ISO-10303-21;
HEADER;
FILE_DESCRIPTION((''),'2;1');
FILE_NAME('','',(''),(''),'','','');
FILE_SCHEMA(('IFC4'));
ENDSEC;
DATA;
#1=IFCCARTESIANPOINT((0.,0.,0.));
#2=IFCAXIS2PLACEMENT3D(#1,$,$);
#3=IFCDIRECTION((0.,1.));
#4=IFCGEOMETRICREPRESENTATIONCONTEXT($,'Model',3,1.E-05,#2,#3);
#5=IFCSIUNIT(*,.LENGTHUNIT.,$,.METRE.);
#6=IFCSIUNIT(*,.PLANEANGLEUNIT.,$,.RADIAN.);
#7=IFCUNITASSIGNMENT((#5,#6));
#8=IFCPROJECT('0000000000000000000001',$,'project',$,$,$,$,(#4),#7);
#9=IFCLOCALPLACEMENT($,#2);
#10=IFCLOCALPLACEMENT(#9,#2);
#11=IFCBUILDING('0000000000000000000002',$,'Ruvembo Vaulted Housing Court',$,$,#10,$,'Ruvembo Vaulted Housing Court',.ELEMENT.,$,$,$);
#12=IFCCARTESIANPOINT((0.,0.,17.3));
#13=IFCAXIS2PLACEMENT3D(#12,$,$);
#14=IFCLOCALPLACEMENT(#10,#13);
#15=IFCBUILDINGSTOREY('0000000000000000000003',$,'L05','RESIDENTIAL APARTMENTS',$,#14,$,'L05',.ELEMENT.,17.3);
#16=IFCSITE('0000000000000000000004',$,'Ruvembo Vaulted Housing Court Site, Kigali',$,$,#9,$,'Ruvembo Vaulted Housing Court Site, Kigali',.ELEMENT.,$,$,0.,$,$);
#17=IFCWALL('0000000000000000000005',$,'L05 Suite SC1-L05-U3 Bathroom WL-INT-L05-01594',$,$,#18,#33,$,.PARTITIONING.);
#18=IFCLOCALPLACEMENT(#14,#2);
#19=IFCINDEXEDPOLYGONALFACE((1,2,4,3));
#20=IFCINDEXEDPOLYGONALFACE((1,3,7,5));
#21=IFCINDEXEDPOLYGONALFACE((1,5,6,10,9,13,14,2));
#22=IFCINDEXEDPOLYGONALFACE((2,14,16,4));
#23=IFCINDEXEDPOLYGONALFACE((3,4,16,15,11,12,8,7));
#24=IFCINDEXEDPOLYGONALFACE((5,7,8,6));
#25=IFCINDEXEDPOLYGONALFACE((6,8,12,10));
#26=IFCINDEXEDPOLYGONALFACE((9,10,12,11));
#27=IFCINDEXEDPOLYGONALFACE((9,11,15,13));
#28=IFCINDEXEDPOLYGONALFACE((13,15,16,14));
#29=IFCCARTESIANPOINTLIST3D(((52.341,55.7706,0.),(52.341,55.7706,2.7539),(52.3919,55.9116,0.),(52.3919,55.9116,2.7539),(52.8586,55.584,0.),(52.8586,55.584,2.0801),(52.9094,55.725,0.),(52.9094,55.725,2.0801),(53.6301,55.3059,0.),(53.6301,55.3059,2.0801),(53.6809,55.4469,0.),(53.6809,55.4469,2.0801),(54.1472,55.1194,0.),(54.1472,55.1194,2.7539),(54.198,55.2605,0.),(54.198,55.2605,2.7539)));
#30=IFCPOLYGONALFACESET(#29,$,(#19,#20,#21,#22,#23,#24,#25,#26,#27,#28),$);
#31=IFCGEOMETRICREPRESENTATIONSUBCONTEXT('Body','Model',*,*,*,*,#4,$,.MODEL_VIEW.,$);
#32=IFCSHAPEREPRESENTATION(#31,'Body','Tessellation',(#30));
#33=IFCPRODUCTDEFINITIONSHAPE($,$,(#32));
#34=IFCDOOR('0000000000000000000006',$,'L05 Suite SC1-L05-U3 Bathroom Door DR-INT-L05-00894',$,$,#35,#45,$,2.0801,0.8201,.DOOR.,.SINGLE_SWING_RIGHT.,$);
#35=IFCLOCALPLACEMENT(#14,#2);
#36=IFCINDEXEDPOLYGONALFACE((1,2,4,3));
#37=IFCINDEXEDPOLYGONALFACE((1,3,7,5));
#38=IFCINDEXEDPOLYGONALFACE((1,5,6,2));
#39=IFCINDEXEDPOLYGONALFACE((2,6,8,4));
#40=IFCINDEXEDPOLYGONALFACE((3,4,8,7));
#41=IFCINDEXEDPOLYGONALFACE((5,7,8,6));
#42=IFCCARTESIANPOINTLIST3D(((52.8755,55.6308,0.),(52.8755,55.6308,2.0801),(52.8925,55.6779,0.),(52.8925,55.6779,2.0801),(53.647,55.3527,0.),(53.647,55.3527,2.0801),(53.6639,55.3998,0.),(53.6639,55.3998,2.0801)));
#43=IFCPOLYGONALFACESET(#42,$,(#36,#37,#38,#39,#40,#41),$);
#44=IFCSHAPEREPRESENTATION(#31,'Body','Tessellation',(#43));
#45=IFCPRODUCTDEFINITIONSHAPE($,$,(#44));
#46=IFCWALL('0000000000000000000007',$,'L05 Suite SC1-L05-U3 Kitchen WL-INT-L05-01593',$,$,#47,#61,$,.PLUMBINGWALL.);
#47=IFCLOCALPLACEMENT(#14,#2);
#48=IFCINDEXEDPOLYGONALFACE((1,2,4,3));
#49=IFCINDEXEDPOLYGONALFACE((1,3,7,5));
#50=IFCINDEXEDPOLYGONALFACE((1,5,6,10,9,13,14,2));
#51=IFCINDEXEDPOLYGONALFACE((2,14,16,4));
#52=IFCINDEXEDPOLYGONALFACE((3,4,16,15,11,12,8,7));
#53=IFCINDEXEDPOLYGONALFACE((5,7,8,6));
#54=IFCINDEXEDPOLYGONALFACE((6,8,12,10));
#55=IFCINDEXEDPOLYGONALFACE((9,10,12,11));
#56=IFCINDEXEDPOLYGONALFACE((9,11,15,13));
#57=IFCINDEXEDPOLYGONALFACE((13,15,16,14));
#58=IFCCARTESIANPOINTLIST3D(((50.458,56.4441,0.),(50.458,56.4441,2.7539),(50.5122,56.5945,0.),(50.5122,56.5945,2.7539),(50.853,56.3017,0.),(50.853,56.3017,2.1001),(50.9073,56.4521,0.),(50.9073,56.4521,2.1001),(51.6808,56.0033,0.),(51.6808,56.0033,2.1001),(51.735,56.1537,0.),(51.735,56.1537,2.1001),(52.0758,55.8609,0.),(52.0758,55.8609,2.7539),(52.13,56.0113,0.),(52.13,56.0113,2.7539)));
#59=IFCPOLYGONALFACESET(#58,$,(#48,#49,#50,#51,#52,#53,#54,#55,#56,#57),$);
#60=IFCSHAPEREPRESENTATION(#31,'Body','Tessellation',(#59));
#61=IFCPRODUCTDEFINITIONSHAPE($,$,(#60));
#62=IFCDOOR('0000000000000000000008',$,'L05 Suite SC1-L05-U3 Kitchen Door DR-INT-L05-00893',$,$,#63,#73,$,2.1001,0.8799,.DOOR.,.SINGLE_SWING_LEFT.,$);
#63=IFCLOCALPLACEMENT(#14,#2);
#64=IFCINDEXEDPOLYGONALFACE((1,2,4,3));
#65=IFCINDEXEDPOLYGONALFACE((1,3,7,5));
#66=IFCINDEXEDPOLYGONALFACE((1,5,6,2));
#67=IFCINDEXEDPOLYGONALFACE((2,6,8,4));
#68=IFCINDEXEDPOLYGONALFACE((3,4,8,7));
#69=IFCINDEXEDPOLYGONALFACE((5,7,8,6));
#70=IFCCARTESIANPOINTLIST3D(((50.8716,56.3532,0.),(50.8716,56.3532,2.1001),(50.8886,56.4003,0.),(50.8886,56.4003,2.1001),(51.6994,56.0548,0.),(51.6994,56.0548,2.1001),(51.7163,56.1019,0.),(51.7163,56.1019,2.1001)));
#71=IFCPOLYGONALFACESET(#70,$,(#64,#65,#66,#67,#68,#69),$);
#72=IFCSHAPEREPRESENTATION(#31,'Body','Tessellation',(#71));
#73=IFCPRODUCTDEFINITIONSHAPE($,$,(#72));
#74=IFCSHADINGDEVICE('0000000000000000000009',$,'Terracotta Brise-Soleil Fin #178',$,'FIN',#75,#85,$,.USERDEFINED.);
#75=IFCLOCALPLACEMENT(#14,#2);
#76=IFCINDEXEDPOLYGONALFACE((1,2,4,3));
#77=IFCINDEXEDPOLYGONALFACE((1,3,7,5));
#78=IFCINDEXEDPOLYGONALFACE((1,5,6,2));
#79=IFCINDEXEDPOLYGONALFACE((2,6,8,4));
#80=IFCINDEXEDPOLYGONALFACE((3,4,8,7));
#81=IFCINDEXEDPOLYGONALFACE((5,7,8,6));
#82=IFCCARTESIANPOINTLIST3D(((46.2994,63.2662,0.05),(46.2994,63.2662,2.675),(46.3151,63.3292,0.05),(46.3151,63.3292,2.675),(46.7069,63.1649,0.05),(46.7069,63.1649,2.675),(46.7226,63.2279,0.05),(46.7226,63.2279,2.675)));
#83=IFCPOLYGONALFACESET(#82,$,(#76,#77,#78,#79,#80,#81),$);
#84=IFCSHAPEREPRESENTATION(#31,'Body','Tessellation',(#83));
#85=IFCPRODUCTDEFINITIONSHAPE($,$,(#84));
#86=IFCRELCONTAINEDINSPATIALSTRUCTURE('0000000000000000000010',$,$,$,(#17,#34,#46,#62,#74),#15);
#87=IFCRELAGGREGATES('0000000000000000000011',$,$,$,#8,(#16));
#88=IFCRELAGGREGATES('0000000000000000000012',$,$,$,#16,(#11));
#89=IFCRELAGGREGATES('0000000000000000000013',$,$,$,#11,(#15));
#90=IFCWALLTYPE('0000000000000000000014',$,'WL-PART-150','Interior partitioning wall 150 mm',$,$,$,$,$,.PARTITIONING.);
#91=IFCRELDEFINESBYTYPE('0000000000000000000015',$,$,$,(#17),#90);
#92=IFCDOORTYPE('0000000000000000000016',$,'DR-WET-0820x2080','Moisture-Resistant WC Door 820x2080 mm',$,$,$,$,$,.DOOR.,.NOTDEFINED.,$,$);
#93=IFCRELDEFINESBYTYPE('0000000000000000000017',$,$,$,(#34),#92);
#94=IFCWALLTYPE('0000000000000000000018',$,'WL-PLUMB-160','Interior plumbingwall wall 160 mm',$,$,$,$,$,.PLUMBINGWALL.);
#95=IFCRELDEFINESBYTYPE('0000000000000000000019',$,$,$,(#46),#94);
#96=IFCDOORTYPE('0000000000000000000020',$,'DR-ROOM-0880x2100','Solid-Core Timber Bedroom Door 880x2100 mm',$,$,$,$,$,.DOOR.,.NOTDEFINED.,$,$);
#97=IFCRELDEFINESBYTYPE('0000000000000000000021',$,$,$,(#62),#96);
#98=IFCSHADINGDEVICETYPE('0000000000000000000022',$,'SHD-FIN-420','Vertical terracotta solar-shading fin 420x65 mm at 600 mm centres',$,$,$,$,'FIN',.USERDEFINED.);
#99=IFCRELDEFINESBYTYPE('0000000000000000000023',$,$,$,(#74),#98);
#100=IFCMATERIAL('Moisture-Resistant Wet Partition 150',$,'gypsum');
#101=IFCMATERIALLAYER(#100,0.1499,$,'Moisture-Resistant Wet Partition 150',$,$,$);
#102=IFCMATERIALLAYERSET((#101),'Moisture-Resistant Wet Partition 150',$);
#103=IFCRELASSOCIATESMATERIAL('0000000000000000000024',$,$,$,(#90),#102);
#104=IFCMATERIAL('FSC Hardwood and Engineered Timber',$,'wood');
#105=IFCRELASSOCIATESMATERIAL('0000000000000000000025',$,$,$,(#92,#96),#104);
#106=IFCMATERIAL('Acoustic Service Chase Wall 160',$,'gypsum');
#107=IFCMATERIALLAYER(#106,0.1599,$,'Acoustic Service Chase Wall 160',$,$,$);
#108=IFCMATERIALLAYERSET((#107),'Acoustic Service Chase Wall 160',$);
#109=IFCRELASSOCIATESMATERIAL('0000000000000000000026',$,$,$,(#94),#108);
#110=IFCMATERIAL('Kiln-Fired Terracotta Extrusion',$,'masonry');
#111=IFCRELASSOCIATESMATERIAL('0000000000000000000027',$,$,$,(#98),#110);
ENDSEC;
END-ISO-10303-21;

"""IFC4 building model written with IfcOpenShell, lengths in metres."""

from ifc_helpers import new_model, si_unit, direction, frame, frame_2d, origin, origin_2d, place, context, subcontext, project, spatial, rectangle, extrude, material, layer, layer_set, type_object, element, fill, save


model = new_model("IFC4")

# Units and contexts
model_context = context("Model", 3, precision=1e-05, world=origin(), true_north=direction((0.0, 1.0)))
body_context = subcontext(model_context, "Body", "Model", "MODEL_VIEW")
ifc_project = project(units=[si_unit("LENGTHUNIT", "METRE"), si_unit("PLANEANGLEUNIT", "RADIAN")], contexts=[model_context])

# Site, building, storey
site_placement = place(None, origin())
site = spatial("IfcSite", under=ifc_project, at=site_placement, Name="Ruvembo Vaulted Housing Court Site, Kigali", LongName="Ruvembo Vaulted Housing Court Site, Kigali", CompositionType="ELEMENT", RefElevation=0.0)
building_placement = place(site_placement, origin())
building = spatial("IfcBuilding", under=site, at=building_placement, Name="Ruvembo Vaulted Housing Court", LongName="Ruvembo Vaulted Housing Court", CompositionType="ELEMENT")
storey_placement = place(building_placement, frame((0.0, 0.0, 17.3)))
storey = spatial("IfcBuildingStorey", under=building, at=storey_placement, Name="L05", Description="RESIDENTIAL APARTMENTS", LongName="L05", CompositionType="ELEMENT", Elevation=17.3)

# Shared definitions
ifc_material_1 = material(Name="FSC Hardwood and Engineered Timber", Category="wood")

# Walls, openings, doors
ifc_material_2 = material(Name="Moisture-Resistant Wet Partition 150", Category="gypsum")
ifc_layer_1 = layer(ifc_material_2, 0.1499, Name="Moisture-Resistant Wet Partition 150")
ifc_layer_set_1 = layer_set([ifc_layer_1], Name="Moisture-Resistant Wet Partition 150")
wall_type_1 = type_object("IfcWallType", Name="WL-PART-150", Description="Interior partitioning wall 150 mm", PredefinedType="PARTITIONING", material=ifc_layer_set_1)
wall_1_placement = place(storey_placement, frame((52.3665, 55.8411, 0.0), z_axis=(0.0, 0.0, 1.0), x_axis=(0.940737, -0.339138, 0.0)))
wall_1 = element("IfcWall", 1, at=wall_1_placement, inside=storey, type_object=wall_type_1, Name="L05 Suite SC1-L05-U3 Bathroom WL-INT-L05-01594", PredefinedType="PARTITIONING", context=body_context, shape_type="SweptSolid", body=[
    extrude(rectangle(XDim=1.9199, YDim=0.1499, at=frame_2d((0.96, 0.0))), origin(), (0.0, 0.0, 1.0), 2.7539),
])
opening_1_placement = place(wall_1_placement, frame((0.55, 0.0, 0.0)))
opening_1 = element("IfcOpeningElement", 2, at=opening_1_placement, cuts=wall_1, PredefinedType="OPENING", context=body_context, shape_type="SweptSolid", body=[
    extrude(rectangle(XDim=0.8201, YDim=2.0801, at=frame_2d((0.4102, 1.04))), frame((0.0, 0.085, 0.0), z_axis=(0.0, -1.0, 0.0), x_axis=(1.0, 0.0, 0.0)), (0.0, 0.0, 1.0), 0.1699),
])
door_type_1 = type_object("IfcDoorType", Name="DR-WET-0820x2080", Description="Moisture-Resistant WC Door 820x2080 mm", OperationType="NOTDEFINED", PredefinedType="DOOR", material=ifc_material_1)
door_1_placement = place(opening_1_placement, origin())
door_1 = element("IfcDoor", 3, at=door_1_placement, inside=storey, type_object=door_type_1, Name="L05 Suite SC1-L05-U3 Bathroom Door DR-INT-L05-00894", OperationType="SINGLE_SWING_RIGHT", OverallHeight=2.0801, OverallWidth=0.8201, PredefinedType="DOOR", context=body_context, shape_type="SweptSolid", body=[
    extrude(rectangle(XDim=0.8201, YDim=2.0801, at=frame_2d((0.4102, 1.04))), frame((0.0, 0.0249, 0.0), z_axis=(0.0, -1.0, 0.0), x_axis=(1.0, 0.0, 0.0)), (0.0, 0.0, 1.0), 0.05),
])
fill(opening_1, door_1)
ifc_material_3 = material(Name="Acoustic Service Chase Wall 160", Category="gypsum")
ifc_layer_2 = layer(ifc_material_3, 0.1599, Name="Acoustic Service Chase Wall 160")
ifc_layer_set_2 = layer_set([ifc_layer_2], Name="Acoustic Service Chase Wall 160")
wall_type_2 = type_object("IfcWallType", Name="WL-PLUMB-160", Description="Interior plumbingwall wall 160 mm", PredefinedType="PLUMBINGWALL", material=ifc_layer_set_2)
wall_2_placement = place(storey_placement, frame((50.4851, 56.5193, 0.0), z_axis=(0.0, 0.0, 1.0), x_axis=(0.940739, -0.339132, 0.0)))
wall_2 = element("IfcWall", 4, at=wall_2_placement, inside=storey, type_object=wall_type_2, Name="L05 Suite SC1-L05-U3 Kitchen WL-INT-L05-01593", PredefinedType="PLUMBINGWALL", context=body_context, shape_type="SweptSolid", body=[
    extrude(rectangle(XDim=1.7197, YDim=0.1599, at=frame_2d((0.8599, 0.0))), origin(), (0.0, 0.0, 1.0), 2.7539),
])
opening_2_placement = place(wall_2_placement, frame((0.4199, 0.0, 0.0)))
opening_2 = element("IfcOpeningElement", 5, at=opening_2_placement, cuts=wall_2, PredefinedType="OPENING", context=body_context, shape_type="SweptSolid", body=[
    extrude(rectangle(XDim=0.8799, YDim=2.1001, at=frame_2d((0.4399, 1.05))), frame((0.0, 0.0898, 0.0), z_axis=(0.0, -1.0, 0.0), x_axis=(1.0, 0.0, 0.0)), (0.0, 0.0, 1.0), 0.1799),
])
door_type_2 = type_object("IfcDoorType", Name="DR-ROOM-0880x2100", Description="Solid-Core Timber Bedroom Door 880x2100 mm", OperationType="NOTDEFINED", PredefinedType="DOOR", material=ifc_material_1)
door_2_placement = place(opening_2_placement, origin())
door_2 = element("IfcDoor", 6, at=door_2_placement, inside=storey, type_object=door_type_2, Name="L05 Suite SC1-L05-U3 Kitchen Door DR-INT-L05-00893", OperationType="SINGLE_SWING_LEFT", OverallHeight=2.1001, OverallWidth=0.8799, PredefinedType="DOOR", context=body_context, shape_type="SweptSolid", body=[
    extrude(rectangle(XDim=0.8799, YDim=2.1001, at=frame_2d((0.4399, 1.05))), frame((0.0, 0.0249, 0.0), z_axis=(0.0, -1.0, 0.0), x_axis=(1.0, 0.0, 0.0)), (0.0, 0.0, 1.0), 0.05),
])
fill(opening_2, door_2)

# Shading device
ifc_material_4 = material(Name="Kiln-Fired Terracotta Extrusion", Category="masonry")
shading_device_type = type_object("IfcShadingDeviceType", Name="SHD-FIN-420", Description="Vertical terracotta solar-shading fin 420x65 mm at 600 mm centres", ElementType="FIN", PredefinedType="USERDEFINED", material=ifc_material_4)
shading_device_placement = place(storey_placement, frame((46.511, 63.2471, 0.05), z_axis=(0.0, 0.0, 1.0), x_axis=(0.970481, -0.241177, 0.0)))
element("IfcShadingDevice", 7, at=shading_device_placement, inside=storey, type_object=shading_device_type, Name="Terracotta Brise-Soleil Fin #178", ObjectType="FIN", PredefinedType="USERDEFINED", context=body_context, shape_type="SweptSolid", body=[
    extrude(rectangle(XDim=0.4199, YDim=0.0649, at=origin_2d()), origin(), (0.0, 0.0, 1.0), 2.625),
])

save(model, "model.ifc")
